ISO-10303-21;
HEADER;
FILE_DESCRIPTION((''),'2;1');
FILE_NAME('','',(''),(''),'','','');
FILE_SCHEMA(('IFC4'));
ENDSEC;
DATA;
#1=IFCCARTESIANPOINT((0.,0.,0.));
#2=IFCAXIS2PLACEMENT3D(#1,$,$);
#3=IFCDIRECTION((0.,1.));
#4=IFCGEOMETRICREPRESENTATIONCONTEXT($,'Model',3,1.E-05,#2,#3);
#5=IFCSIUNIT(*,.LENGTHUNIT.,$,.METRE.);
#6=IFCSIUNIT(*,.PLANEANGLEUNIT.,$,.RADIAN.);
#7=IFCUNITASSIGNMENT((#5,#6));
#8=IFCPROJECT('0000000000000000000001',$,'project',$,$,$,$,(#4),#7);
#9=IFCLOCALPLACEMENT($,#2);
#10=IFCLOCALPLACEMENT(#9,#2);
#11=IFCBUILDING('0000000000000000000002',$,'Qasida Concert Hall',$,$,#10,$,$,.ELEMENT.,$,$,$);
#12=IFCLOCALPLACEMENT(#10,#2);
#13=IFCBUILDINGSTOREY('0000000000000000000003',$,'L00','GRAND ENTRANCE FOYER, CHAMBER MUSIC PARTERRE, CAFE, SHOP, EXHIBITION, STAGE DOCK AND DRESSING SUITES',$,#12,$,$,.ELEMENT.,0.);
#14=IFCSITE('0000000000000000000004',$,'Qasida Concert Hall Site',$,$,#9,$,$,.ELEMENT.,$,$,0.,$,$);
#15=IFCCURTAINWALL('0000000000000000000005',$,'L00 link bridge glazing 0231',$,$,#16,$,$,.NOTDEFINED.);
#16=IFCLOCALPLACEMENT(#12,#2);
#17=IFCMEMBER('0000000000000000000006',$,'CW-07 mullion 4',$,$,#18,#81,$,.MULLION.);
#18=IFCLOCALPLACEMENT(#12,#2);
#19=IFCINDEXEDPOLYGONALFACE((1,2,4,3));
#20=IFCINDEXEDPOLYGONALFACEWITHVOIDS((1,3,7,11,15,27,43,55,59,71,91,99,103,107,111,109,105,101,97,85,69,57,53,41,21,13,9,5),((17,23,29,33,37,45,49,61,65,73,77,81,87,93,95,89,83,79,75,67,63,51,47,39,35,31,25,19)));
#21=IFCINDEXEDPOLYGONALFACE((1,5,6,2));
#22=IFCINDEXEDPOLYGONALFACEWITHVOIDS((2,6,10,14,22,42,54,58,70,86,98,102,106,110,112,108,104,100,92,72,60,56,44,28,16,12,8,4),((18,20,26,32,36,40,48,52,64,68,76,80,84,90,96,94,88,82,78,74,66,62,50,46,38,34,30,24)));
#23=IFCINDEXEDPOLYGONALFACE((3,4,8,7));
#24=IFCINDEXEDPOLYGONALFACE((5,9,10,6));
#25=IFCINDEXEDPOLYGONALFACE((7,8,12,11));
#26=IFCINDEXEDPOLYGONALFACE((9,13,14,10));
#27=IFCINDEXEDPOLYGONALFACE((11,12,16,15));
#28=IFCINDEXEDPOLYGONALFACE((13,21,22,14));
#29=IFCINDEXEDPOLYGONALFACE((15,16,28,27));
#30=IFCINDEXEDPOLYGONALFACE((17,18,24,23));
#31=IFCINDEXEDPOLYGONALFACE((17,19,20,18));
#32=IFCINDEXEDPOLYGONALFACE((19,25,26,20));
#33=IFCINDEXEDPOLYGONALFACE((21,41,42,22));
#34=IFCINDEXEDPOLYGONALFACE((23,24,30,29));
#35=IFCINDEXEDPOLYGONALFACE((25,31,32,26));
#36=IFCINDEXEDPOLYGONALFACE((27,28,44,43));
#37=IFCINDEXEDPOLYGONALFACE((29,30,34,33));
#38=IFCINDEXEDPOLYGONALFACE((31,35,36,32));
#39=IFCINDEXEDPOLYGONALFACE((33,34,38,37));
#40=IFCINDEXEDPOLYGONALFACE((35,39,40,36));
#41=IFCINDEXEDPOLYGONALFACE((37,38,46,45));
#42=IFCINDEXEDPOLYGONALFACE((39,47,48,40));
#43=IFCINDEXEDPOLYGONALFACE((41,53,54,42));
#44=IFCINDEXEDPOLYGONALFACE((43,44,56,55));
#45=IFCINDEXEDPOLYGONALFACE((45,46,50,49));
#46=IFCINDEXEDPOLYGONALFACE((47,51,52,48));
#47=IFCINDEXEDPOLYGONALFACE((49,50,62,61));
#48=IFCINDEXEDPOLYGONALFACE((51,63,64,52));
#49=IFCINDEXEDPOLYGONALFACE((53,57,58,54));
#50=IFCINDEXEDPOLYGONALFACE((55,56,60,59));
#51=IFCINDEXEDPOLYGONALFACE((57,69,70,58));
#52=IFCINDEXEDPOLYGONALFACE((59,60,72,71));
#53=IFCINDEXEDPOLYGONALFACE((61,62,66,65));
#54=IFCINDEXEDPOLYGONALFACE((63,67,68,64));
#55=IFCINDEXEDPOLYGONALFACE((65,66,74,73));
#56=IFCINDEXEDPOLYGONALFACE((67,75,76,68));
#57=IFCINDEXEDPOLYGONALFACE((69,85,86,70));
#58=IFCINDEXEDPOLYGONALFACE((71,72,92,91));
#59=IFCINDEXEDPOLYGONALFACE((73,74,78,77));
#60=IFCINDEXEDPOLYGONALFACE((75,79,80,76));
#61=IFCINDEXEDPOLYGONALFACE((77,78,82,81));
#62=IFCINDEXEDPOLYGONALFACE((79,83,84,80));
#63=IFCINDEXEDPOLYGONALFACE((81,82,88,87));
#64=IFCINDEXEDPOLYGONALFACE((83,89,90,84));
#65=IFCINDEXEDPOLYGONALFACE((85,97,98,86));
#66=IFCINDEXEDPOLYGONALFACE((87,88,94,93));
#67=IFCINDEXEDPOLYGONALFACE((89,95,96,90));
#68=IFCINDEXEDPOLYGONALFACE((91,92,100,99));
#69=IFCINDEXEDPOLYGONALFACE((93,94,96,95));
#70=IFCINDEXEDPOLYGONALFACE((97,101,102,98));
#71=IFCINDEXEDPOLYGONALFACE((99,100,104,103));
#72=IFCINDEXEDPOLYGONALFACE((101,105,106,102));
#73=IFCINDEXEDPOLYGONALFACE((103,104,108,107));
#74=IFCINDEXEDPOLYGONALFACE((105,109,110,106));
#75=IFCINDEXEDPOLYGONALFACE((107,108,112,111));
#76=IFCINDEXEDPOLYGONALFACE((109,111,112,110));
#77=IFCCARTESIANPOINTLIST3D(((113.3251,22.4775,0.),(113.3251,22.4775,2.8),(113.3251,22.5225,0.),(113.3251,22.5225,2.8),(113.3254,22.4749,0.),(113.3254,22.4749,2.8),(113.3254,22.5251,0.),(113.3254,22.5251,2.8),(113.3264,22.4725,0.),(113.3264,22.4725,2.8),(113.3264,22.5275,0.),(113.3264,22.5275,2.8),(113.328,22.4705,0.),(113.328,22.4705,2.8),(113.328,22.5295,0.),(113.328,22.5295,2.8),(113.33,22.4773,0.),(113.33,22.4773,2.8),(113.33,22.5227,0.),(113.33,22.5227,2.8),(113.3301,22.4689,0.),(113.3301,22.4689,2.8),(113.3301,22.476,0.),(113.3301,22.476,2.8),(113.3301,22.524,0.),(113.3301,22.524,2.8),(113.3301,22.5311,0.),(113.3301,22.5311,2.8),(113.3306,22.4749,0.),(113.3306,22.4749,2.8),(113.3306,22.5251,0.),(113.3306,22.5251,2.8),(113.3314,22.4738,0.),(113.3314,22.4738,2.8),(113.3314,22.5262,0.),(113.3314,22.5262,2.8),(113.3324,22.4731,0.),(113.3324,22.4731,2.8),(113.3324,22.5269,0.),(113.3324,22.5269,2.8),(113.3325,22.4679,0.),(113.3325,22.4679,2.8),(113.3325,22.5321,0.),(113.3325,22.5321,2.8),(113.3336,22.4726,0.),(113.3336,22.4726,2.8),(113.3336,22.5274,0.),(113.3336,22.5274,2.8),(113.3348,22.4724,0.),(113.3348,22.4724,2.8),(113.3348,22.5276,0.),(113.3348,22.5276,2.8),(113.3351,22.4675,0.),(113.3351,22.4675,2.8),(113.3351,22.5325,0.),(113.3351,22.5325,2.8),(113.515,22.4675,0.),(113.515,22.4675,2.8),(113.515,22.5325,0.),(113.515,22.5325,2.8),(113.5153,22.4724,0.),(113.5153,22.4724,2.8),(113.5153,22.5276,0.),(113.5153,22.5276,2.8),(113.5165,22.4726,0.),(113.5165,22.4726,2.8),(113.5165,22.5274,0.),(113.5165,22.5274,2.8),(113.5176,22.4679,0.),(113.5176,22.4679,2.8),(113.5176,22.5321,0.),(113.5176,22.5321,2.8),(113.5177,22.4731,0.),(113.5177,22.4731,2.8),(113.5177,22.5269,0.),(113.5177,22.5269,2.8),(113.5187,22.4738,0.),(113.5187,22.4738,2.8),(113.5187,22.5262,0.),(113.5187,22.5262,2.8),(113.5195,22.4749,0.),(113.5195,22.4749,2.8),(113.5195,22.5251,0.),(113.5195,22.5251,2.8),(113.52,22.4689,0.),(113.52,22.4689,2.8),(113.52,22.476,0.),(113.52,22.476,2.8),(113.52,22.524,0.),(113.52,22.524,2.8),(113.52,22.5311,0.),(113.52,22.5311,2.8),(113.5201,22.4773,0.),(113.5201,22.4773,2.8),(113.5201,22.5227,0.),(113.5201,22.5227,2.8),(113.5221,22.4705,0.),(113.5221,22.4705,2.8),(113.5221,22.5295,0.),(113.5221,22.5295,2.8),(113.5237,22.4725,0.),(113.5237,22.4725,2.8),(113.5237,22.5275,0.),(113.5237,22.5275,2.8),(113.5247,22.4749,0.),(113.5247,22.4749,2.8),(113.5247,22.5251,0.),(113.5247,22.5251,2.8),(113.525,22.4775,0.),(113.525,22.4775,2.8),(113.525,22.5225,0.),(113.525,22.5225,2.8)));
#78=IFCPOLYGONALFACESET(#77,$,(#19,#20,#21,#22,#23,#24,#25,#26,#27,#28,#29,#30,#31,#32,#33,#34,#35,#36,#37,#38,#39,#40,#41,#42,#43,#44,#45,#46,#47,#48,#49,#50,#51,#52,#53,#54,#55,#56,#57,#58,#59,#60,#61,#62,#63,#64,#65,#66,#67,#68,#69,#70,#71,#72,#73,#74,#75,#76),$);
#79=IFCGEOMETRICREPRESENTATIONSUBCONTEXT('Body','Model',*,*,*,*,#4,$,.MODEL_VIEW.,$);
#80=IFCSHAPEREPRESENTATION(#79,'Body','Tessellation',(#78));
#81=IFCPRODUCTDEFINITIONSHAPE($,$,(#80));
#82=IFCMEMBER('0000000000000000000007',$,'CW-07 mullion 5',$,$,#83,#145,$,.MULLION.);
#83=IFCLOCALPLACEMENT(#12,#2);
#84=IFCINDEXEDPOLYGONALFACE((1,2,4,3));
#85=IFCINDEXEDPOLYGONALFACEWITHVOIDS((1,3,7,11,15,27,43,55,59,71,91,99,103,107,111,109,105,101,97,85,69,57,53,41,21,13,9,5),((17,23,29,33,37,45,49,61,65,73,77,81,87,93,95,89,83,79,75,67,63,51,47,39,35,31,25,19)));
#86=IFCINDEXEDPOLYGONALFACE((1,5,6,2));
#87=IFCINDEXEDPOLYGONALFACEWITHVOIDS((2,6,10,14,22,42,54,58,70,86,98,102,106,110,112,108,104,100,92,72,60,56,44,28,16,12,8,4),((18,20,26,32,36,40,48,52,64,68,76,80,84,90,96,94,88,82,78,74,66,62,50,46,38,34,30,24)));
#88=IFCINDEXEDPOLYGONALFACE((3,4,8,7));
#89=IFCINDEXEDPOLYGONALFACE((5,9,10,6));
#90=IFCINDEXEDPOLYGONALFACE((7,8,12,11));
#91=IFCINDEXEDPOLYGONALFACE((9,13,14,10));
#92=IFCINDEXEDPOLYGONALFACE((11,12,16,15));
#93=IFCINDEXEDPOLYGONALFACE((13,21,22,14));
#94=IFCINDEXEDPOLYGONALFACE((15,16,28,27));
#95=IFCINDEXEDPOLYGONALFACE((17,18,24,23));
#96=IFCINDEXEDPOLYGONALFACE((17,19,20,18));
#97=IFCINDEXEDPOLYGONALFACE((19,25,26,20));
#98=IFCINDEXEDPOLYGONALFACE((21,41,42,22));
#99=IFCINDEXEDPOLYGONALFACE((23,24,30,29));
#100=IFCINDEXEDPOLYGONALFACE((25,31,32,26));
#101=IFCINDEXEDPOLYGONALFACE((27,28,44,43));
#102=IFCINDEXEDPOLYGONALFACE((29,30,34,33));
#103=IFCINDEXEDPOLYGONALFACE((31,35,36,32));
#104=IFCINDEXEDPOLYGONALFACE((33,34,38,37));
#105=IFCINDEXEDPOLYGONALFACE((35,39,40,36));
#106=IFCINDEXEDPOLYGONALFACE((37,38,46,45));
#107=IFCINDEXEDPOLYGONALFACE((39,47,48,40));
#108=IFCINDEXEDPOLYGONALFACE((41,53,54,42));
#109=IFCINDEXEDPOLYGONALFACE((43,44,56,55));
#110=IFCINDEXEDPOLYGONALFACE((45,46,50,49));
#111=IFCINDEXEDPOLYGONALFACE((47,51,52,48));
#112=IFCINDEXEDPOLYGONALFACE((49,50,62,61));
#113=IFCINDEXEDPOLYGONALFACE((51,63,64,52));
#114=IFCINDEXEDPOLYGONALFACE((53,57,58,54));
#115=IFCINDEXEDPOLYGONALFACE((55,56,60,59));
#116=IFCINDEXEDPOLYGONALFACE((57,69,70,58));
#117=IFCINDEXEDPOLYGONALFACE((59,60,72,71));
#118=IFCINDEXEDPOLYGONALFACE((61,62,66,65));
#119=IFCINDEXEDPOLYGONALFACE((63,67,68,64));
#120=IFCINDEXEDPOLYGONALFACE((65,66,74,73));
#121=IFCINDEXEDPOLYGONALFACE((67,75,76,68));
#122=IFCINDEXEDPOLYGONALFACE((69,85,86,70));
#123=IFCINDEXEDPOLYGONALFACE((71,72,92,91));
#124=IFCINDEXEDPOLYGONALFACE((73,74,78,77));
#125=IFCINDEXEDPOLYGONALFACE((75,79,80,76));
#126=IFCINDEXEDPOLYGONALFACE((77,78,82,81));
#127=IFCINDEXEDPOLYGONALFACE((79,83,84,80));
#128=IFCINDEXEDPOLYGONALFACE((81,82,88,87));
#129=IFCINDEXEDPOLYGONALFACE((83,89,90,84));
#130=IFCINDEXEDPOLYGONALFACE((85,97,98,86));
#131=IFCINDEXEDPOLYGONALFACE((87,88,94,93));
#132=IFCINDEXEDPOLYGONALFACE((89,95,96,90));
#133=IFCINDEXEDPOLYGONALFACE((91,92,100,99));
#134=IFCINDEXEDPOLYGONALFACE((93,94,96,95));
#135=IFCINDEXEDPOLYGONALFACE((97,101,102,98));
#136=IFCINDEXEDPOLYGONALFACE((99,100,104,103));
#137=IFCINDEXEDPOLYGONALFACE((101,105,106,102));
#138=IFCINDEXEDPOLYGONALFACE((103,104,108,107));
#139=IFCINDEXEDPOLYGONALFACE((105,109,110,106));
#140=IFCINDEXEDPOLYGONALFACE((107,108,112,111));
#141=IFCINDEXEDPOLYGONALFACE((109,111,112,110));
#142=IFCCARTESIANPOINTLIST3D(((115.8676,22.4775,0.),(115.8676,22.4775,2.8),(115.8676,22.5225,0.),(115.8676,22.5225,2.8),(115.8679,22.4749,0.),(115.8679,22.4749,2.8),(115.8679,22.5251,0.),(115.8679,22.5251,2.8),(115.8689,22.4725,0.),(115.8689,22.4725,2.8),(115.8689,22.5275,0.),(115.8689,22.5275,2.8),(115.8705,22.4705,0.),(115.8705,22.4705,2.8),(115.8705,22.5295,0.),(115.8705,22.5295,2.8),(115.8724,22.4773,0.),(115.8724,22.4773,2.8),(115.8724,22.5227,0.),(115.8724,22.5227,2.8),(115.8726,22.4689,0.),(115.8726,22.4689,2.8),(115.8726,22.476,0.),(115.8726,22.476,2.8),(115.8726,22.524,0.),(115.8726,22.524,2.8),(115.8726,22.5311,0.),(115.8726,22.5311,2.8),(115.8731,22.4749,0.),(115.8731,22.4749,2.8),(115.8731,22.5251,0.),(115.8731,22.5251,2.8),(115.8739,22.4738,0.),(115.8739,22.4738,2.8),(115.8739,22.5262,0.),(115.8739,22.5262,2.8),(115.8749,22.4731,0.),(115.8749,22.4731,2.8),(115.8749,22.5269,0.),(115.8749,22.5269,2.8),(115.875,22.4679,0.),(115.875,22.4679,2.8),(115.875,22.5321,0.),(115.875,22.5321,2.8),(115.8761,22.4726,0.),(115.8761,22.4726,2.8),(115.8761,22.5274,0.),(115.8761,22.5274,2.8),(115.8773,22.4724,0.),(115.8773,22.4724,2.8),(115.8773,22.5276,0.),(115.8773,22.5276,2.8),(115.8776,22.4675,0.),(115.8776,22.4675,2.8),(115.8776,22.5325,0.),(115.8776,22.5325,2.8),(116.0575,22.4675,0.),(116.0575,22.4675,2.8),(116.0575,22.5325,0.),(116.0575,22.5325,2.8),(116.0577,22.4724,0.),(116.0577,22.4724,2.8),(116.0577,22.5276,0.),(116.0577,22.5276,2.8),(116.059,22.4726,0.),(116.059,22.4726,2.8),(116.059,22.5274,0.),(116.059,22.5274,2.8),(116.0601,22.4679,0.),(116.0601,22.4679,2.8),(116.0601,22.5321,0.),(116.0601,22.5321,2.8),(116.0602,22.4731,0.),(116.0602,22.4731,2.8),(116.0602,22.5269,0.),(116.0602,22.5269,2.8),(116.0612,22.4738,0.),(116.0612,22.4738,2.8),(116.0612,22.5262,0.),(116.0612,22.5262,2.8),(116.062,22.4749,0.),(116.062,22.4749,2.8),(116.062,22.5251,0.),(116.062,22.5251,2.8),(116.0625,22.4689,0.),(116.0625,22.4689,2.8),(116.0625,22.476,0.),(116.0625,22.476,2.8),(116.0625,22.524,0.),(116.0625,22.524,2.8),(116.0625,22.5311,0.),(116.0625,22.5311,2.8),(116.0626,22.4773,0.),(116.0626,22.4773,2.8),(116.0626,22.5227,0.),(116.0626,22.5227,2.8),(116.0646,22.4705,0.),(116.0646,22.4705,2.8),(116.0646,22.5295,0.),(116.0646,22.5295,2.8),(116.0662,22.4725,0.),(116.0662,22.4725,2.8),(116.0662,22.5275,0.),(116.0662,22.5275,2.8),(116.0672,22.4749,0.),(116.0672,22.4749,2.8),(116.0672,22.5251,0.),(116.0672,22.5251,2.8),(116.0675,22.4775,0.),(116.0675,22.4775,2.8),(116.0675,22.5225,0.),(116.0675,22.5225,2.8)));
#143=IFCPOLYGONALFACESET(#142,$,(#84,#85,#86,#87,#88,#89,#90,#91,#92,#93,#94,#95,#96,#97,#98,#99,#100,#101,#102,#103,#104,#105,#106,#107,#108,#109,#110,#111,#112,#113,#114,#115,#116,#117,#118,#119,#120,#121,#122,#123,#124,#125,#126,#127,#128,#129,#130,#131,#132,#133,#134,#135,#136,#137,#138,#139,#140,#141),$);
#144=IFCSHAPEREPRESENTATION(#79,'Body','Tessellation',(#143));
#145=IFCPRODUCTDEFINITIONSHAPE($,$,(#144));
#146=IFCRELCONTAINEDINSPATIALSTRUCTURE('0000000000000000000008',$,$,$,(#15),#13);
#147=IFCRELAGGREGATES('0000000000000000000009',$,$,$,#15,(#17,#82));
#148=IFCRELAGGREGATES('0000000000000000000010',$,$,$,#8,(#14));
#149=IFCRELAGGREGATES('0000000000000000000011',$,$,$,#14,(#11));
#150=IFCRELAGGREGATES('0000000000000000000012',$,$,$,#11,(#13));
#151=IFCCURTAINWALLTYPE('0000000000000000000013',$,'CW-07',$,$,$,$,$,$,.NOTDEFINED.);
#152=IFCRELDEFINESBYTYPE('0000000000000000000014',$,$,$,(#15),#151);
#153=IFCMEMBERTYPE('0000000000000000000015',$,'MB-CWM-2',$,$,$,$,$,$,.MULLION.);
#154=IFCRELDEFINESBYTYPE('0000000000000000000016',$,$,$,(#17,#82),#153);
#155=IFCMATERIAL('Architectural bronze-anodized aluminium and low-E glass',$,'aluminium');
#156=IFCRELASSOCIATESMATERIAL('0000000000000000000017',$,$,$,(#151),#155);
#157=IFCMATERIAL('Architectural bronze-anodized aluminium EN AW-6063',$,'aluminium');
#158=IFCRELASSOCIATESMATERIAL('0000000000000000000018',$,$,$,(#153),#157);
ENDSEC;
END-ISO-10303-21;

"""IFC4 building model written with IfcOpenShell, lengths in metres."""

from ifc_helpers import new_model, si_unit, direction, frame, origin, origin_2d, place, context, subcontext, project, spatial, hollow_rectangle, extrude, material, material_profile, profile_set, type_object, element, aggregate, save


model = new_model("IFC4")

# Units and contexts
model_context = context("Model", 3, precision=1e-05, world=origin(), true_north=direction((0.0, 1.0)))
body_context = subcontext(model_context, "Body", "Model", "MODEL_VIEW")
ifc_project = project(units=[si_unit("LENGTHUNIT", "METRE"), si_unit("PLANEANGLEUNIT", "RADIAN")], contexts=[model_context])

# Site, building, storey
site_placement = place(None, origin())
site = spatial("IfcSite", under=ifc_project, at=site_placement, Name="Qasida Concert Hall Site", CompositionType="ELEMENT", RefElevation=0.0)
building_placement = place(site_placement, origin())
building = spatial("IfcBuilding", under=site, at=building_placement, Name="Qasida Concert Hall", CompositionType="ELEMENT")
storey_placement = place(building_placement, origin())
storey = spatial("IfcBuildingStorey", under=building, at=storey_placement, Name="L00", Description="GRAND ENTRANCE FOYER, CHAMBER MUSIC PARTERRE, CAFE, SHOP, EXHIBITION, STAGE DOCK AND DRESSING SUITES", CompositionType="ELEMENT", Elevation=0.0)

# Curtain wall, members
ifc_material_1 = material(Name="Architectural bronze-anodized aluminium and low-E glass", Category="aluminium")
curtain_wall_type = type_object("IfcCurtainWallType", Name="CW-07", PredefinedType="NOTDEFINED", material=ifc_material_1)
curtain_wall_1_placement = place(storey_placement, origin())
curtain_wall_1 = element("IfcCurtainWall", 1, at=curtain_wall_1_placement, inside=storey, type_object=curtain_wall_type, Name="L00 link bridge glazing 0231", PredefinedType="NOTDEFINED")
ifc_material_2 = material(Name="Architectural bronze-anodized aluminium EN AW-6063", Category="aluminium")
ifc_material_profile_1 = material_profile(ifc_material_2, hollow_rectangle(XDim=0.0649, YDim=0.2, WallThickness=0.0049, InnerFilletRadius=0.0049, OuterFilletRadius=0.01, at=origin_2d()), Name="CWM 200x65x5")
ifc_profile_set_1 = profile_set([ifc_material_profile_1], Name="Architectural bronze-anodized aluminium EN AW-6063")
member_type_1 = type_object("IfcMemberType", Name="MB-CWM-2", PredefinedType="MULLION", material=ifc_profile_set_1)
member_1_placement = place(storey_placement, frame((113.425, 22.5, 0.0), z_axis=(0.0, 0.0, 1.0), x_axis=(0.0, 1.0, 0.0)))
member_1 = element("IfcMember", 2, at=member_1_placement, type_object=member_type_1, Name="CW-07 mullion 4", PredefinedType="MULLION", context=body_context, shape_type="SweptSolid", body=[
    extrude(hollow_rectangle(XDim=0.0649, YDim=0.2, WallThickness=0.0049, InnerFilletRadius=0.0049, OuterFilletRadius=0.01, at=origin_2d()), origin(), (0.0, 0.0, 1.0), 2.8),
])
member_2_placement = place(storey_placement, frame((115.9675, 22.5, 0.0), z_axis=(0.0, 0.0, 1.0), x_axis=(0.0, 1.0, 0.0)))
member_2 = element("IfcMember", 3, at=member_2_placement, type_object=member_type_1, Name="CW-07 mullion 5", PredefinedType="MULLION", context=body_context, shape_type="SweptSolid", body=[
    extrude(hollow_rectangle(XDim=0.0649, YDim=0.2, WallThickness=0.0049, InnerFilletRadius=0.0049, OuterFilletRadius=0.01, at=origin_2d()), origin(), (0.0, 0.0, 1.0), 2.8),
])

aggregate(curtain_wall_1, [member_1, member_2])

save(model, "model.ifc")
